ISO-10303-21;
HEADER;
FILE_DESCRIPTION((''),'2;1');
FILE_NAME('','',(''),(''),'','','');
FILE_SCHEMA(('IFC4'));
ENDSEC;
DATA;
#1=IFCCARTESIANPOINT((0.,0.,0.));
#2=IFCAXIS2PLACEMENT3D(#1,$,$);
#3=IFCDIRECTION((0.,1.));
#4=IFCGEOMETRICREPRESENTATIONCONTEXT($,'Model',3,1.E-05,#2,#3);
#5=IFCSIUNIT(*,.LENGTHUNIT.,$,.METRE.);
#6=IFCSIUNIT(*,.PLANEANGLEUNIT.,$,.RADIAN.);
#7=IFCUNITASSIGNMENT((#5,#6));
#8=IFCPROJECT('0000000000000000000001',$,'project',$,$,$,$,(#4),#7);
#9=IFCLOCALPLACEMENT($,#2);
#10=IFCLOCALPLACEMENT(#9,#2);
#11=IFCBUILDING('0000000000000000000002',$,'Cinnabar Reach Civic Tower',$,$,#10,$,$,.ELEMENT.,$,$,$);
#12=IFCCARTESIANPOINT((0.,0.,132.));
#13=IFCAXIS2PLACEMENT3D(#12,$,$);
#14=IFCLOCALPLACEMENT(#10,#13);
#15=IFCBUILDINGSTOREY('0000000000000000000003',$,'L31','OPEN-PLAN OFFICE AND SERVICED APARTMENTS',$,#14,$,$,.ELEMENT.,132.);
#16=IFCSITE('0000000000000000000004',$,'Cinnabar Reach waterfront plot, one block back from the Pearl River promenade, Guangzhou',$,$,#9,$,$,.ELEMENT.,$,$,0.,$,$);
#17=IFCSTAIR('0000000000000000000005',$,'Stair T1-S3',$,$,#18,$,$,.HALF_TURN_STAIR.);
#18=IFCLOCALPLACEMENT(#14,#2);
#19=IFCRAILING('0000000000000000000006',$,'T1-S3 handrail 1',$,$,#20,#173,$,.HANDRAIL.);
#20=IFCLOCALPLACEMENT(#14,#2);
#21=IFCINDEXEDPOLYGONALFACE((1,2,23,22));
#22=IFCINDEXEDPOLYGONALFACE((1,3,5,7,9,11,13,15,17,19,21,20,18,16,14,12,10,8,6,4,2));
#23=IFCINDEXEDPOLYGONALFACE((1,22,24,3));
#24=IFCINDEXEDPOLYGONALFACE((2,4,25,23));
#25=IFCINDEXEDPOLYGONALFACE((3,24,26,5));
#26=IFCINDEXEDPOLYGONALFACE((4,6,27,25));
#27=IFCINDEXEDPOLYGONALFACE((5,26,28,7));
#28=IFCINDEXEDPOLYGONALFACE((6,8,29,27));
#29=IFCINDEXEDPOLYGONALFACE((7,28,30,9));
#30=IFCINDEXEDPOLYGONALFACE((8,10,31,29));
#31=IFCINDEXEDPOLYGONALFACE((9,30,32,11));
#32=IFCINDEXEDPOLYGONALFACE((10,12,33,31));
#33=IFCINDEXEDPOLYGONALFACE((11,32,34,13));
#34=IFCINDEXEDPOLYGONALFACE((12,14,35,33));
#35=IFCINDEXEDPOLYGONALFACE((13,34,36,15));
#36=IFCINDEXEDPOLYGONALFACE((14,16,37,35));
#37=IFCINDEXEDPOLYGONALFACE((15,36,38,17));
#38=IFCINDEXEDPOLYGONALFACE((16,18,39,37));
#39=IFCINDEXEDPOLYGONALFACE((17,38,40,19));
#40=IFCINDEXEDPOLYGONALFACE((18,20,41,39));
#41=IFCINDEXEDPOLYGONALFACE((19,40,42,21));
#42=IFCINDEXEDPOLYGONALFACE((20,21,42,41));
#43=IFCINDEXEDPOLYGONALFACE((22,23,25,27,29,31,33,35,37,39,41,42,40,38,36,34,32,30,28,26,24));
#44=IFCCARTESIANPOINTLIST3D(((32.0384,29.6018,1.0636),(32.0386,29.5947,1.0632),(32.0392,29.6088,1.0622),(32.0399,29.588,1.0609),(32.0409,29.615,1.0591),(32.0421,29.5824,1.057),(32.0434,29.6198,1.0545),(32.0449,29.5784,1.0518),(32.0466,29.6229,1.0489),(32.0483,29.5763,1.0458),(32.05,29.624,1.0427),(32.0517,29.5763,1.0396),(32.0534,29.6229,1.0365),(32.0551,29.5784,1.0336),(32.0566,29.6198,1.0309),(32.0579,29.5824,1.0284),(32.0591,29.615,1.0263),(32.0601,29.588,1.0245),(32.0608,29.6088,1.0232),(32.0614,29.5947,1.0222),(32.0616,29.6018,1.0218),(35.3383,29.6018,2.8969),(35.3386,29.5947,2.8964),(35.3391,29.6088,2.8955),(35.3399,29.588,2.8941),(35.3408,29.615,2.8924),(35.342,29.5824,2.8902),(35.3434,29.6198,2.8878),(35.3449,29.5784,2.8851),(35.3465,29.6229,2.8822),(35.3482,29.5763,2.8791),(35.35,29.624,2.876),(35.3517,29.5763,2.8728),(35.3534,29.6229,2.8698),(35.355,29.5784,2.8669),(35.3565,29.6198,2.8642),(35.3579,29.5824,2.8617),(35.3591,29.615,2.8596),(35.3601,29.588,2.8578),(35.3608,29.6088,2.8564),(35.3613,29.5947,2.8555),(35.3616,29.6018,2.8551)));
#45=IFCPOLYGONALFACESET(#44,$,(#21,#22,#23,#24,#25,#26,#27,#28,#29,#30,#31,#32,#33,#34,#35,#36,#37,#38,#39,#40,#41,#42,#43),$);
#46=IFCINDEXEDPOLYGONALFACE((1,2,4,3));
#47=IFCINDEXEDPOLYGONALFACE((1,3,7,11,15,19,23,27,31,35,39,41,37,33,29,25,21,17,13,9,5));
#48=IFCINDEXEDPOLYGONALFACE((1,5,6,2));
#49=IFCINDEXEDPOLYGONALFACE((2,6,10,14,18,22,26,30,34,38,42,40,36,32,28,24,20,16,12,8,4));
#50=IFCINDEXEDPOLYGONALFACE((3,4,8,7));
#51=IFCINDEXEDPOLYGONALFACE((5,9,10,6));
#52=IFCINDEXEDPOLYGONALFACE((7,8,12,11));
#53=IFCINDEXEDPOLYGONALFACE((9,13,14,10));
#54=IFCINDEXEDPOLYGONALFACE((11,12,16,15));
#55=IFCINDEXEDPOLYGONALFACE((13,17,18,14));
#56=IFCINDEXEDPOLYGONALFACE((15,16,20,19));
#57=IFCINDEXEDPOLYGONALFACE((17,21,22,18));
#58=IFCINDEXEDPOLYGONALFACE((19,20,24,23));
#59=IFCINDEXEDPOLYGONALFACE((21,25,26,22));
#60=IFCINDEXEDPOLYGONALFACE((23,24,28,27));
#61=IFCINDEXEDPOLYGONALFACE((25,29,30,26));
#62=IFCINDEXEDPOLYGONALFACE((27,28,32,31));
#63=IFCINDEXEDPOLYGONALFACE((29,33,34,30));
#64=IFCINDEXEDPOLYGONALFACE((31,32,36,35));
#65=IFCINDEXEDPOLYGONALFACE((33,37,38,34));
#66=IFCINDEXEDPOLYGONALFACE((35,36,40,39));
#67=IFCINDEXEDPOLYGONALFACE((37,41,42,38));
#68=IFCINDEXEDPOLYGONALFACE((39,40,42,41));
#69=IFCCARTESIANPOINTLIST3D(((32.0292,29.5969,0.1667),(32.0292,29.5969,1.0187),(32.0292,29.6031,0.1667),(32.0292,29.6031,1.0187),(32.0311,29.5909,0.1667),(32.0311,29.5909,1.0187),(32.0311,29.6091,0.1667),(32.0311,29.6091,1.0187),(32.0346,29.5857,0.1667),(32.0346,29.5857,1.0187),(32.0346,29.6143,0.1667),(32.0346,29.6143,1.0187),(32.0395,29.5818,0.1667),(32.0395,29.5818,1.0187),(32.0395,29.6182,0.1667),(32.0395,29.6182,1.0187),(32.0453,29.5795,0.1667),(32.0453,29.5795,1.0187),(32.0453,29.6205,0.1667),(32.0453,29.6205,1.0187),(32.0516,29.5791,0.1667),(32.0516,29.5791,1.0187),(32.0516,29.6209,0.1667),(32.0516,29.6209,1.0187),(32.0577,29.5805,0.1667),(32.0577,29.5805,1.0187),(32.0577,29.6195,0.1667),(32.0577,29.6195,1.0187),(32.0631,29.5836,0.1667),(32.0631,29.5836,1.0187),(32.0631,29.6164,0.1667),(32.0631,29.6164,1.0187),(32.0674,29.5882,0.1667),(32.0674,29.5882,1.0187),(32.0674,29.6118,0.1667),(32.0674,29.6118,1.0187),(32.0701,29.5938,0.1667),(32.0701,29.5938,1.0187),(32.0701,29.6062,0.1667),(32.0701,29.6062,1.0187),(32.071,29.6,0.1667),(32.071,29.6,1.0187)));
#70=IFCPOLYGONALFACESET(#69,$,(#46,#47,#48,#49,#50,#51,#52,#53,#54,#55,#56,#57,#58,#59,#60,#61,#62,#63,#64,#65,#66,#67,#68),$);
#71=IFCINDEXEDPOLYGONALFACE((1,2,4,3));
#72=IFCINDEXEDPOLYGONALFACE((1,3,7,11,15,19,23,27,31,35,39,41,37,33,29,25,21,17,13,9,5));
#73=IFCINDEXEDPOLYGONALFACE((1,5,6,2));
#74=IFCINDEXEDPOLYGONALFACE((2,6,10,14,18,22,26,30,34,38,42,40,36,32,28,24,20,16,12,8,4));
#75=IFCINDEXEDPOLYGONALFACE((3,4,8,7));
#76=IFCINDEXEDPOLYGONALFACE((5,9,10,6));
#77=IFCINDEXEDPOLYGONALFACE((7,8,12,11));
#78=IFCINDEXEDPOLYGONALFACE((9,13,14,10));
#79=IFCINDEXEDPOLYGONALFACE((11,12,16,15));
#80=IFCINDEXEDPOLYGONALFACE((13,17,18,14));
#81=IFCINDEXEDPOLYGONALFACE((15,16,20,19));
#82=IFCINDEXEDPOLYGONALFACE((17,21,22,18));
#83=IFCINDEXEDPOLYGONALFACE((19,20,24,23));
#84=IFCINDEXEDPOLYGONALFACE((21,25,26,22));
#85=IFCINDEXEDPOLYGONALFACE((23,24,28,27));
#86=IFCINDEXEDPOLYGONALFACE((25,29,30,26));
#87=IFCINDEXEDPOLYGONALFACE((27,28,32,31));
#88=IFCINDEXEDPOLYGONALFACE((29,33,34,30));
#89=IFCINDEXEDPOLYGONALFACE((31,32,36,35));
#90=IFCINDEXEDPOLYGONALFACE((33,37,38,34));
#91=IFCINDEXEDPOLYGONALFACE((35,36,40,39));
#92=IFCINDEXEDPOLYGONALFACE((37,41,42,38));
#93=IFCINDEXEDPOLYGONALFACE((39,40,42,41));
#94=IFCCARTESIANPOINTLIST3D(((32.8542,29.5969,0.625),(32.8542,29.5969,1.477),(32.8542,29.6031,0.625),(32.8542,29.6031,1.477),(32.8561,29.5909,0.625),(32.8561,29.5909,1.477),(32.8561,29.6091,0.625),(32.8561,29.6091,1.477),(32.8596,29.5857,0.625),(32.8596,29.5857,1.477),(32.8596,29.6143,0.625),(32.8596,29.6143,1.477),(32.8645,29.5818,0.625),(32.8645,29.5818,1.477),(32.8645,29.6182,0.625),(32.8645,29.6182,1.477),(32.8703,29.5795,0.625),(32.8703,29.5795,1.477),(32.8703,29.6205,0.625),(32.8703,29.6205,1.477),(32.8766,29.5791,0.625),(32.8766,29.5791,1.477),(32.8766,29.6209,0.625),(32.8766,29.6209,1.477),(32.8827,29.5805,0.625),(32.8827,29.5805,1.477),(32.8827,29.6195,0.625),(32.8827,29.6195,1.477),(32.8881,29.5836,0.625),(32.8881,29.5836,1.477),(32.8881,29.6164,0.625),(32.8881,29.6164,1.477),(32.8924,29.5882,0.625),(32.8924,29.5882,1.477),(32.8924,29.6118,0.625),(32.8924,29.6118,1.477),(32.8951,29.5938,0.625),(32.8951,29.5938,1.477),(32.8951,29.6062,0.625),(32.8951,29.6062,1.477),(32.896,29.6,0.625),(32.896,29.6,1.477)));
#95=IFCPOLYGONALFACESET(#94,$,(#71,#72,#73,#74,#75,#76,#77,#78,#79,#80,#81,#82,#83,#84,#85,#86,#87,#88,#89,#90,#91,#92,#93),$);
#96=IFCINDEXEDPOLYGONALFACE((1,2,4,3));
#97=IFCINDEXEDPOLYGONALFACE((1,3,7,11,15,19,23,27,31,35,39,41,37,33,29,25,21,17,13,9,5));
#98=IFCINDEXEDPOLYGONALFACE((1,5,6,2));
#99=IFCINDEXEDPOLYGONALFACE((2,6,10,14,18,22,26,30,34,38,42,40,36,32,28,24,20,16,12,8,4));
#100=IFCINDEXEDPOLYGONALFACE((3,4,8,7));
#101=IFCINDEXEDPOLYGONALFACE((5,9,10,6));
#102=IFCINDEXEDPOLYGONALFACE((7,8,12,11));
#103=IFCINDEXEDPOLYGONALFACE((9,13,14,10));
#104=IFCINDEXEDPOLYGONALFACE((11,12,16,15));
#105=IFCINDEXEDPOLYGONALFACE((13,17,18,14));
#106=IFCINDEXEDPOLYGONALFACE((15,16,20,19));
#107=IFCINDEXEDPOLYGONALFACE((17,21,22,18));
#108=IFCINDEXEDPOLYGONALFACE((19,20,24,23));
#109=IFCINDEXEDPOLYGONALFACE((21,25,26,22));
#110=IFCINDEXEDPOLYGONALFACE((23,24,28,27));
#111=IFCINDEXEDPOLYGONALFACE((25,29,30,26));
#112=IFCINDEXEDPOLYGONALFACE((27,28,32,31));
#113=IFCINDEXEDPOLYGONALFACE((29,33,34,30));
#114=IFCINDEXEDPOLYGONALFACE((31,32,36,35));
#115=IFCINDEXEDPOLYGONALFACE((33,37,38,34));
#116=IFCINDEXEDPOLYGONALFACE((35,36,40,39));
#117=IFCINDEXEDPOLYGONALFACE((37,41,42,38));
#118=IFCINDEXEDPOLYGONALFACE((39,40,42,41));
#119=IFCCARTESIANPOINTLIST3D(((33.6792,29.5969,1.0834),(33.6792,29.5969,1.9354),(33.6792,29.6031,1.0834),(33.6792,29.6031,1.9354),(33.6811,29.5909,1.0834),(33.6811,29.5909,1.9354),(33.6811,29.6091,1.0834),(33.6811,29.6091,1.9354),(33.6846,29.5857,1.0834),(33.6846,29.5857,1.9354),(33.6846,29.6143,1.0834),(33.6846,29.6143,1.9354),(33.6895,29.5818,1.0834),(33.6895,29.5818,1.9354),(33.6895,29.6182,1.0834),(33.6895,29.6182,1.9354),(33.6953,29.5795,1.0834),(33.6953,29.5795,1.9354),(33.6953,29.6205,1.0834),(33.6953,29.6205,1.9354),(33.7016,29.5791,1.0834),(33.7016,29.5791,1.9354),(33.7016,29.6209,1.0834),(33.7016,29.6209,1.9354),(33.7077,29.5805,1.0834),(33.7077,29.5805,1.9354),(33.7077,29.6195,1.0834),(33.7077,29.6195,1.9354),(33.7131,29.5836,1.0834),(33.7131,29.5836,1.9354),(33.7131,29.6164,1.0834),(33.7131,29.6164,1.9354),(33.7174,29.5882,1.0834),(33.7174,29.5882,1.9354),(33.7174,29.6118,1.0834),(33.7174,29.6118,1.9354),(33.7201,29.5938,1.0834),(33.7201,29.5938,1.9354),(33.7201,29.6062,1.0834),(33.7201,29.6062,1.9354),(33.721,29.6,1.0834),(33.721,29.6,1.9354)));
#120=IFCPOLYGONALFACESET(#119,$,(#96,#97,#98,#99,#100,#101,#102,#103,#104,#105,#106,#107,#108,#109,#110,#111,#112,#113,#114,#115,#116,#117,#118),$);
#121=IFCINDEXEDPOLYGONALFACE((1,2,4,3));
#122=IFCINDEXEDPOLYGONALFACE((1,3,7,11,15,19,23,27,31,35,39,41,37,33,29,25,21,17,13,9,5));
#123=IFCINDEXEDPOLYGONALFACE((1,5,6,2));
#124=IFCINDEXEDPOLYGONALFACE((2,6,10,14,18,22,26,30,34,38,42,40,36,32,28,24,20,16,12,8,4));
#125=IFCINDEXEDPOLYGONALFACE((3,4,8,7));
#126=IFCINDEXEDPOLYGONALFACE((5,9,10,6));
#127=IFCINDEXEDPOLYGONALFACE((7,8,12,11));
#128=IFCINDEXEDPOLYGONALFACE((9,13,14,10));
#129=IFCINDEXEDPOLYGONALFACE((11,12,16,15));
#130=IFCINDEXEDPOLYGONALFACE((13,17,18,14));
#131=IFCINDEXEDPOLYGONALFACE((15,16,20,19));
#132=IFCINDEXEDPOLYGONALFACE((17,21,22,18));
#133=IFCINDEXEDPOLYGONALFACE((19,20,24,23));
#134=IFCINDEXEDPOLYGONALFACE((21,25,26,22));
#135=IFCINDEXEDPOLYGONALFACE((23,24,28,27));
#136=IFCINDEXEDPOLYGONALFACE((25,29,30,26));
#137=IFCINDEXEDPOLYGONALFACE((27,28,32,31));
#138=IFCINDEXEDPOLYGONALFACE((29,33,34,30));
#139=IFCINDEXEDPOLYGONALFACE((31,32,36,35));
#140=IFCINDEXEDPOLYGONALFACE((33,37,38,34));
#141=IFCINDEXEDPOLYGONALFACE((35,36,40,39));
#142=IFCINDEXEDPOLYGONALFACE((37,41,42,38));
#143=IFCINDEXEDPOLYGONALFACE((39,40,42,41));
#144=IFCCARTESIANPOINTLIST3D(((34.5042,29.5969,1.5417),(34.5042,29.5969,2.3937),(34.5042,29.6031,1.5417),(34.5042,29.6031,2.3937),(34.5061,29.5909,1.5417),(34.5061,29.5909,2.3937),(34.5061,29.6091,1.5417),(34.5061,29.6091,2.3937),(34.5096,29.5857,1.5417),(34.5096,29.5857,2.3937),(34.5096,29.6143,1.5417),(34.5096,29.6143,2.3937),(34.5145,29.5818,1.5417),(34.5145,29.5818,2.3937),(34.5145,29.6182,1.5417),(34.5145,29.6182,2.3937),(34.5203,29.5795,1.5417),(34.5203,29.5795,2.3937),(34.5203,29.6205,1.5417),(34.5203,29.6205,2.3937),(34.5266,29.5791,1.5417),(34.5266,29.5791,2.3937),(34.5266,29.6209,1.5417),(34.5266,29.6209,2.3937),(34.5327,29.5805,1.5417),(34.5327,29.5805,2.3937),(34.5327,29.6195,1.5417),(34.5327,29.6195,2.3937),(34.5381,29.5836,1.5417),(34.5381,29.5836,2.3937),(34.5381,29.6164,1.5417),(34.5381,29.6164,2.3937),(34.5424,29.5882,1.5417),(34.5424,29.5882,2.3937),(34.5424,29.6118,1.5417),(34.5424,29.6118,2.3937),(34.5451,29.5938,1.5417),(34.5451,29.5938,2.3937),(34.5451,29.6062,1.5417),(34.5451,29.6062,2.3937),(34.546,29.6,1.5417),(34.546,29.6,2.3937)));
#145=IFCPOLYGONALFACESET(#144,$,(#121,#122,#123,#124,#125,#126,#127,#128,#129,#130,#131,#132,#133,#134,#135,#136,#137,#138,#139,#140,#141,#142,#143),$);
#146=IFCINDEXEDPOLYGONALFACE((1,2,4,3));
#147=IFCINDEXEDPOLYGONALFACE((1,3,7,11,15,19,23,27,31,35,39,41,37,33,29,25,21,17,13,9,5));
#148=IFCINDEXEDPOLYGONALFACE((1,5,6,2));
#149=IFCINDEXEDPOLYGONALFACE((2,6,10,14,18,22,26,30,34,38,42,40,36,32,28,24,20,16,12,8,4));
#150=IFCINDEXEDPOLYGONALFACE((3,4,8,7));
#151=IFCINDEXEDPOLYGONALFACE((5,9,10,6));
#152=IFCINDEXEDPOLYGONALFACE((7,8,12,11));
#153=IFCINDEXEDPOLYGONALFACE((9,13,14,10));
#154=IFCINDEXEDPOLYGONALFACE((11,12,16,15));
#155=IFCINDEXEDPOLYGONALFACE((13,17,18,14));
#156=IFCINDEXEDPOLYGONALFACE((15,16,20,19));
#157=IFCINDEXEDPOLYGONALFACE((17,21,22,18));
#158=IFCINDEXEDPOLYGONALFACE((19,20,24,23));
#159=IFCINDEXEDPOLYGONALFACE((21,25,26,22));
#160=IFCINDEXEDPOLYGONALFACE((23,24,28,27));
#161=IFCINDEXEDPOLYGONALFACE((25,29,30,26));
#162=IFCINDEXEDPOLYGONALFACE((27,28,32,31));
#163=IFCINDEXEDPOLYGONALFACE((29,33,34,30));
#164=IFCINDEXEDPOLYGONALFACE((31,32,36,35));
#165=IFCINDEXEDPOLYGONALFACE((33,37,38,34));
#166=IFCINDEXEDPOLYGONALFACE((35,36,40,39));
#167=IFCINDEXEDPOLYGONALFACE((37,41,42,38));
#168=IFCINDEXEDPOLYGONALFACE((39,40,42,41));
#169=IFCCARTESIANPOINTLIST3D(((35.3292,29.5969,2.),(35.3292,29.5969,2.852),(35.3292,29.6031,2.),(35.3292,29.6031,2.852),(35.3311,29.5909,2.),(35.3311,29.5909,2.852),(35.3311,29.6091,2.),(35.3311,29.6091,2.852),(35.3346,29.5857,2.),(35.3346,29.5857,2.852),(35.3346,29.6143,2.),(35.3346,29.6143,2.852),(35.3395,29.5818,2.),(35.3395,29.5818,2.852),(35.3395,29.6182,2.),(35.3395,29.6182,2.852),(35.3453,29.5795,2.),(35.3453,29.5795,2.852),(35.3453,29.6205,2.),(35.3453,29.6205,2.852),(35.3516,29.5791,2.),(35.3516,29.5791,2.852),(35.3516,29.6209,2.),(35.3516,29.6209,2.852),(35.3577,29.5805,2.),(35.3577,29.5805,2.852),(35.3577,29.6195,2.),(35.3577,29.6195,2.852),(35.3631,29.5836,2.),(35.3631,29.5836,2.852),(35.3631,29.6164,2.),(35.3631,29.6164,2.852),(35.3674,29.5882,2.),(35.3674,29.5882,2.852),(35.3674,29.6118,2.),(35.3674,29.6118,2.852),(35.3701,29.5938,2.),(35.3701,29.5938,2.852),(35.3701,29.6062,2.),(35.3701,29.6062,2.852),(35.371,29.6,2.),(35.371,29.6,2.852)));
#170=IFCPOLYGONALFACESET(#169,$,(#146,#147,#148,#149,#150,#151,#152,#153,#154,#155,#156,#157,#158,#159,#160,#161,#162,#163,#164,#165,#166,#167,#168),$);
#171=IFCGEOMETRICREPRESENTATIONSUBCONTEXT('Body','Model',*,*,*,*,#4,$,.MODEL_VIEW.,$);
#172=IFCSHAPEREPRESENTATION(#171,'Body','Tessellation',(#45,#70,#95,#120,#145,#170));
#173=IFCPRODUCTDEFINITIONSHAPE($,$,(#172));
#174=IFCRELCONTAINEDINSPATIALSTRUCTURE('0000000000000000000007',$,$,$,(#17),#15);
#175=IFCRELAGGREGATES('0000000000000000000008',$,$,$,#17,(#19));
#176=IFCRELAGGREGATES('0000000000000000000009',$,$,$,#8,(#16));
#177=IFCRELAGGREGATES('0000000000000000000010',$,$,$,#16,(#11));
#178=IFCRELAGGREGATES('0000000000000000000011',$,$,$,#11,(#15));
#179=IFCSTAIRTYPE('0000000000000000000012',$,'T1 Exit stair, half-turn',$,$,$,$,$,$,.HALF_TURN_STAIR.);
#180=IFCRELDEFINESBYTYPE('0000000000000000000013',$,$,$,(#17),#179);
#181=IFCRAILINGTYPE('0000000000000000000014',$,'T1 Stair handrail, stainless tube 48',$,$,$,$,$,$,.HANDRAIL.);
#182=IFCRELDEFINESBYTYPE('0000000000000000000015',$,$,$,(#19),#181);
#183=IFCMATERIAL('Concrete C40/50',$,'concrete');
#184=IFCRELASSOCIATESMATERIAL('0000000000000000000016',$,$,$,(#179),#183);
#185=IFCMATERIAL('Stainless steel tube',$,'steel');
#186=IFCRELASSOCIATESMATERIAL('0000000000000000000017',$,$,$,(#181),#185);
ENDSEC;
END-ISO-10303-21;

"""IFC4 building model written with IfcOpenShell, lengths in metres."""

from ifc_helpers import new_model, si_unit, direction, frame, origin, origin_2d, place, context, subcontext, project, spatial, circle, extrude, material, type_object, element, aggregate, save


model = new_model("IFC4")

# Units and contexts
model_context = context("Model", 3, precision=1e-05, world=origin(), true_north=direction((0.0, 1.0)))
body_context = subcontext(model_context, "Body", "Model", "MODEL_VIEW")
ifc_project = project(units=[si_unit("LENGTHUNIT", "METRE"), si_unit("PLANEANGLEUNIT", "RADIAN")], contexts=[model_context])

# Site, building, storey
site_placement = place(None, origin())
site = spatial("IfcSite", under=ifc_project, at=site_placement, Name="Cinnabar Reach waterfront plot, one block back from the Pearl River promenade, Guangzhou", CompositionType="ELEMENT", RefElevation=0.0)
building_placement = place(site_placement, origin())
building = spatial("IfcBuilding", under=site, at=building_placement, Name="Cinnabar Reach Civic Tower", CompositionType="ELEMENT")
storey_placement = place(building_placement, frame((0.0, 0.0, 132.0)))
storey = spatial("IfcBuildingStorey", under=building, at=storey_placement, Name="L31", Description="OPEN-PLAN OFFICE AND SERVICED APARTMENTS", CompositionType="ELEMENT", Elevation=132.0)

# Stair, railing
ifc_material_1 = material(Name="Concrete C40/50", Category="concrete")
stair_type = type_object("IfcStairType", Name="T1 Exit stair, half-turn", PredefinedType="HALF_TURN_STAIR", material=ifc_material_1)
stair_placement = place(storey_placement, origin())
stair = element("IfcStair", 1, at=stair_placement, inside=storey, type_object=stair_type, Name="Stair T1-S3", PredefinedType="HALF_TURN_STAIR")
ifc_material_2 = material(Name="Stainless steel tube", Category="steel")
railing_type = type_object("IfcRailingType", Name="T1 Stair handrail, stainless tube 48", PredefinedType="HANDRAIL", material=ifc_material_2)
railing_1_placement = place(storey_placement, frame((32.05, 29.6, 0.1667)))
railing_1 = element("IfcRailing", 2, at=railing_1_placement, type_object=railing_type, Name="T1-S3 handrail 1", PredefinedType="HANDRAIL", context=body_context, shape_type="SweptSolid", body=[
    extrude(circle(Radius=0.024, at=origin_2d()), frame((0.0, 0.0, 0.876), z_axis=(0.874161, 0.0, 0.485636), x_axis=(0.0, 1.0, 0.0)), (0.0, 0.0, 1.0), 3.775),
    extrude(circle(Radius=0.021, at=origin_2d()), origin(), (0.0, 0.0, 1.0), 0.852),
    extrude(circle(Radius=0.021, at=origin_2d()), frame((0.825, 0.0, 0.4583)), (0.0, 0.0, 1.0), 0.852),
    extrude(circle(Radius=0.021, at=origin_2d()), frame((1.65, 0.0, 0.9167)), (0.0, 0.0, 1.0), 0.852),
    extrude(circle(Radius=0.021, at=origin_2d()), frame((2.475, 0.0, 1.375)), (0.0, 0.0, 1.0), 0.852),
    extrude(circle(Radius=0.021, at=origin_2d()), frame((3.3, 0.0, 1.8333)), (0.0, 0.0, 1.0), 0.852),
])
aggregate(stair, [railing_1])

save(model, "model.ifc")
